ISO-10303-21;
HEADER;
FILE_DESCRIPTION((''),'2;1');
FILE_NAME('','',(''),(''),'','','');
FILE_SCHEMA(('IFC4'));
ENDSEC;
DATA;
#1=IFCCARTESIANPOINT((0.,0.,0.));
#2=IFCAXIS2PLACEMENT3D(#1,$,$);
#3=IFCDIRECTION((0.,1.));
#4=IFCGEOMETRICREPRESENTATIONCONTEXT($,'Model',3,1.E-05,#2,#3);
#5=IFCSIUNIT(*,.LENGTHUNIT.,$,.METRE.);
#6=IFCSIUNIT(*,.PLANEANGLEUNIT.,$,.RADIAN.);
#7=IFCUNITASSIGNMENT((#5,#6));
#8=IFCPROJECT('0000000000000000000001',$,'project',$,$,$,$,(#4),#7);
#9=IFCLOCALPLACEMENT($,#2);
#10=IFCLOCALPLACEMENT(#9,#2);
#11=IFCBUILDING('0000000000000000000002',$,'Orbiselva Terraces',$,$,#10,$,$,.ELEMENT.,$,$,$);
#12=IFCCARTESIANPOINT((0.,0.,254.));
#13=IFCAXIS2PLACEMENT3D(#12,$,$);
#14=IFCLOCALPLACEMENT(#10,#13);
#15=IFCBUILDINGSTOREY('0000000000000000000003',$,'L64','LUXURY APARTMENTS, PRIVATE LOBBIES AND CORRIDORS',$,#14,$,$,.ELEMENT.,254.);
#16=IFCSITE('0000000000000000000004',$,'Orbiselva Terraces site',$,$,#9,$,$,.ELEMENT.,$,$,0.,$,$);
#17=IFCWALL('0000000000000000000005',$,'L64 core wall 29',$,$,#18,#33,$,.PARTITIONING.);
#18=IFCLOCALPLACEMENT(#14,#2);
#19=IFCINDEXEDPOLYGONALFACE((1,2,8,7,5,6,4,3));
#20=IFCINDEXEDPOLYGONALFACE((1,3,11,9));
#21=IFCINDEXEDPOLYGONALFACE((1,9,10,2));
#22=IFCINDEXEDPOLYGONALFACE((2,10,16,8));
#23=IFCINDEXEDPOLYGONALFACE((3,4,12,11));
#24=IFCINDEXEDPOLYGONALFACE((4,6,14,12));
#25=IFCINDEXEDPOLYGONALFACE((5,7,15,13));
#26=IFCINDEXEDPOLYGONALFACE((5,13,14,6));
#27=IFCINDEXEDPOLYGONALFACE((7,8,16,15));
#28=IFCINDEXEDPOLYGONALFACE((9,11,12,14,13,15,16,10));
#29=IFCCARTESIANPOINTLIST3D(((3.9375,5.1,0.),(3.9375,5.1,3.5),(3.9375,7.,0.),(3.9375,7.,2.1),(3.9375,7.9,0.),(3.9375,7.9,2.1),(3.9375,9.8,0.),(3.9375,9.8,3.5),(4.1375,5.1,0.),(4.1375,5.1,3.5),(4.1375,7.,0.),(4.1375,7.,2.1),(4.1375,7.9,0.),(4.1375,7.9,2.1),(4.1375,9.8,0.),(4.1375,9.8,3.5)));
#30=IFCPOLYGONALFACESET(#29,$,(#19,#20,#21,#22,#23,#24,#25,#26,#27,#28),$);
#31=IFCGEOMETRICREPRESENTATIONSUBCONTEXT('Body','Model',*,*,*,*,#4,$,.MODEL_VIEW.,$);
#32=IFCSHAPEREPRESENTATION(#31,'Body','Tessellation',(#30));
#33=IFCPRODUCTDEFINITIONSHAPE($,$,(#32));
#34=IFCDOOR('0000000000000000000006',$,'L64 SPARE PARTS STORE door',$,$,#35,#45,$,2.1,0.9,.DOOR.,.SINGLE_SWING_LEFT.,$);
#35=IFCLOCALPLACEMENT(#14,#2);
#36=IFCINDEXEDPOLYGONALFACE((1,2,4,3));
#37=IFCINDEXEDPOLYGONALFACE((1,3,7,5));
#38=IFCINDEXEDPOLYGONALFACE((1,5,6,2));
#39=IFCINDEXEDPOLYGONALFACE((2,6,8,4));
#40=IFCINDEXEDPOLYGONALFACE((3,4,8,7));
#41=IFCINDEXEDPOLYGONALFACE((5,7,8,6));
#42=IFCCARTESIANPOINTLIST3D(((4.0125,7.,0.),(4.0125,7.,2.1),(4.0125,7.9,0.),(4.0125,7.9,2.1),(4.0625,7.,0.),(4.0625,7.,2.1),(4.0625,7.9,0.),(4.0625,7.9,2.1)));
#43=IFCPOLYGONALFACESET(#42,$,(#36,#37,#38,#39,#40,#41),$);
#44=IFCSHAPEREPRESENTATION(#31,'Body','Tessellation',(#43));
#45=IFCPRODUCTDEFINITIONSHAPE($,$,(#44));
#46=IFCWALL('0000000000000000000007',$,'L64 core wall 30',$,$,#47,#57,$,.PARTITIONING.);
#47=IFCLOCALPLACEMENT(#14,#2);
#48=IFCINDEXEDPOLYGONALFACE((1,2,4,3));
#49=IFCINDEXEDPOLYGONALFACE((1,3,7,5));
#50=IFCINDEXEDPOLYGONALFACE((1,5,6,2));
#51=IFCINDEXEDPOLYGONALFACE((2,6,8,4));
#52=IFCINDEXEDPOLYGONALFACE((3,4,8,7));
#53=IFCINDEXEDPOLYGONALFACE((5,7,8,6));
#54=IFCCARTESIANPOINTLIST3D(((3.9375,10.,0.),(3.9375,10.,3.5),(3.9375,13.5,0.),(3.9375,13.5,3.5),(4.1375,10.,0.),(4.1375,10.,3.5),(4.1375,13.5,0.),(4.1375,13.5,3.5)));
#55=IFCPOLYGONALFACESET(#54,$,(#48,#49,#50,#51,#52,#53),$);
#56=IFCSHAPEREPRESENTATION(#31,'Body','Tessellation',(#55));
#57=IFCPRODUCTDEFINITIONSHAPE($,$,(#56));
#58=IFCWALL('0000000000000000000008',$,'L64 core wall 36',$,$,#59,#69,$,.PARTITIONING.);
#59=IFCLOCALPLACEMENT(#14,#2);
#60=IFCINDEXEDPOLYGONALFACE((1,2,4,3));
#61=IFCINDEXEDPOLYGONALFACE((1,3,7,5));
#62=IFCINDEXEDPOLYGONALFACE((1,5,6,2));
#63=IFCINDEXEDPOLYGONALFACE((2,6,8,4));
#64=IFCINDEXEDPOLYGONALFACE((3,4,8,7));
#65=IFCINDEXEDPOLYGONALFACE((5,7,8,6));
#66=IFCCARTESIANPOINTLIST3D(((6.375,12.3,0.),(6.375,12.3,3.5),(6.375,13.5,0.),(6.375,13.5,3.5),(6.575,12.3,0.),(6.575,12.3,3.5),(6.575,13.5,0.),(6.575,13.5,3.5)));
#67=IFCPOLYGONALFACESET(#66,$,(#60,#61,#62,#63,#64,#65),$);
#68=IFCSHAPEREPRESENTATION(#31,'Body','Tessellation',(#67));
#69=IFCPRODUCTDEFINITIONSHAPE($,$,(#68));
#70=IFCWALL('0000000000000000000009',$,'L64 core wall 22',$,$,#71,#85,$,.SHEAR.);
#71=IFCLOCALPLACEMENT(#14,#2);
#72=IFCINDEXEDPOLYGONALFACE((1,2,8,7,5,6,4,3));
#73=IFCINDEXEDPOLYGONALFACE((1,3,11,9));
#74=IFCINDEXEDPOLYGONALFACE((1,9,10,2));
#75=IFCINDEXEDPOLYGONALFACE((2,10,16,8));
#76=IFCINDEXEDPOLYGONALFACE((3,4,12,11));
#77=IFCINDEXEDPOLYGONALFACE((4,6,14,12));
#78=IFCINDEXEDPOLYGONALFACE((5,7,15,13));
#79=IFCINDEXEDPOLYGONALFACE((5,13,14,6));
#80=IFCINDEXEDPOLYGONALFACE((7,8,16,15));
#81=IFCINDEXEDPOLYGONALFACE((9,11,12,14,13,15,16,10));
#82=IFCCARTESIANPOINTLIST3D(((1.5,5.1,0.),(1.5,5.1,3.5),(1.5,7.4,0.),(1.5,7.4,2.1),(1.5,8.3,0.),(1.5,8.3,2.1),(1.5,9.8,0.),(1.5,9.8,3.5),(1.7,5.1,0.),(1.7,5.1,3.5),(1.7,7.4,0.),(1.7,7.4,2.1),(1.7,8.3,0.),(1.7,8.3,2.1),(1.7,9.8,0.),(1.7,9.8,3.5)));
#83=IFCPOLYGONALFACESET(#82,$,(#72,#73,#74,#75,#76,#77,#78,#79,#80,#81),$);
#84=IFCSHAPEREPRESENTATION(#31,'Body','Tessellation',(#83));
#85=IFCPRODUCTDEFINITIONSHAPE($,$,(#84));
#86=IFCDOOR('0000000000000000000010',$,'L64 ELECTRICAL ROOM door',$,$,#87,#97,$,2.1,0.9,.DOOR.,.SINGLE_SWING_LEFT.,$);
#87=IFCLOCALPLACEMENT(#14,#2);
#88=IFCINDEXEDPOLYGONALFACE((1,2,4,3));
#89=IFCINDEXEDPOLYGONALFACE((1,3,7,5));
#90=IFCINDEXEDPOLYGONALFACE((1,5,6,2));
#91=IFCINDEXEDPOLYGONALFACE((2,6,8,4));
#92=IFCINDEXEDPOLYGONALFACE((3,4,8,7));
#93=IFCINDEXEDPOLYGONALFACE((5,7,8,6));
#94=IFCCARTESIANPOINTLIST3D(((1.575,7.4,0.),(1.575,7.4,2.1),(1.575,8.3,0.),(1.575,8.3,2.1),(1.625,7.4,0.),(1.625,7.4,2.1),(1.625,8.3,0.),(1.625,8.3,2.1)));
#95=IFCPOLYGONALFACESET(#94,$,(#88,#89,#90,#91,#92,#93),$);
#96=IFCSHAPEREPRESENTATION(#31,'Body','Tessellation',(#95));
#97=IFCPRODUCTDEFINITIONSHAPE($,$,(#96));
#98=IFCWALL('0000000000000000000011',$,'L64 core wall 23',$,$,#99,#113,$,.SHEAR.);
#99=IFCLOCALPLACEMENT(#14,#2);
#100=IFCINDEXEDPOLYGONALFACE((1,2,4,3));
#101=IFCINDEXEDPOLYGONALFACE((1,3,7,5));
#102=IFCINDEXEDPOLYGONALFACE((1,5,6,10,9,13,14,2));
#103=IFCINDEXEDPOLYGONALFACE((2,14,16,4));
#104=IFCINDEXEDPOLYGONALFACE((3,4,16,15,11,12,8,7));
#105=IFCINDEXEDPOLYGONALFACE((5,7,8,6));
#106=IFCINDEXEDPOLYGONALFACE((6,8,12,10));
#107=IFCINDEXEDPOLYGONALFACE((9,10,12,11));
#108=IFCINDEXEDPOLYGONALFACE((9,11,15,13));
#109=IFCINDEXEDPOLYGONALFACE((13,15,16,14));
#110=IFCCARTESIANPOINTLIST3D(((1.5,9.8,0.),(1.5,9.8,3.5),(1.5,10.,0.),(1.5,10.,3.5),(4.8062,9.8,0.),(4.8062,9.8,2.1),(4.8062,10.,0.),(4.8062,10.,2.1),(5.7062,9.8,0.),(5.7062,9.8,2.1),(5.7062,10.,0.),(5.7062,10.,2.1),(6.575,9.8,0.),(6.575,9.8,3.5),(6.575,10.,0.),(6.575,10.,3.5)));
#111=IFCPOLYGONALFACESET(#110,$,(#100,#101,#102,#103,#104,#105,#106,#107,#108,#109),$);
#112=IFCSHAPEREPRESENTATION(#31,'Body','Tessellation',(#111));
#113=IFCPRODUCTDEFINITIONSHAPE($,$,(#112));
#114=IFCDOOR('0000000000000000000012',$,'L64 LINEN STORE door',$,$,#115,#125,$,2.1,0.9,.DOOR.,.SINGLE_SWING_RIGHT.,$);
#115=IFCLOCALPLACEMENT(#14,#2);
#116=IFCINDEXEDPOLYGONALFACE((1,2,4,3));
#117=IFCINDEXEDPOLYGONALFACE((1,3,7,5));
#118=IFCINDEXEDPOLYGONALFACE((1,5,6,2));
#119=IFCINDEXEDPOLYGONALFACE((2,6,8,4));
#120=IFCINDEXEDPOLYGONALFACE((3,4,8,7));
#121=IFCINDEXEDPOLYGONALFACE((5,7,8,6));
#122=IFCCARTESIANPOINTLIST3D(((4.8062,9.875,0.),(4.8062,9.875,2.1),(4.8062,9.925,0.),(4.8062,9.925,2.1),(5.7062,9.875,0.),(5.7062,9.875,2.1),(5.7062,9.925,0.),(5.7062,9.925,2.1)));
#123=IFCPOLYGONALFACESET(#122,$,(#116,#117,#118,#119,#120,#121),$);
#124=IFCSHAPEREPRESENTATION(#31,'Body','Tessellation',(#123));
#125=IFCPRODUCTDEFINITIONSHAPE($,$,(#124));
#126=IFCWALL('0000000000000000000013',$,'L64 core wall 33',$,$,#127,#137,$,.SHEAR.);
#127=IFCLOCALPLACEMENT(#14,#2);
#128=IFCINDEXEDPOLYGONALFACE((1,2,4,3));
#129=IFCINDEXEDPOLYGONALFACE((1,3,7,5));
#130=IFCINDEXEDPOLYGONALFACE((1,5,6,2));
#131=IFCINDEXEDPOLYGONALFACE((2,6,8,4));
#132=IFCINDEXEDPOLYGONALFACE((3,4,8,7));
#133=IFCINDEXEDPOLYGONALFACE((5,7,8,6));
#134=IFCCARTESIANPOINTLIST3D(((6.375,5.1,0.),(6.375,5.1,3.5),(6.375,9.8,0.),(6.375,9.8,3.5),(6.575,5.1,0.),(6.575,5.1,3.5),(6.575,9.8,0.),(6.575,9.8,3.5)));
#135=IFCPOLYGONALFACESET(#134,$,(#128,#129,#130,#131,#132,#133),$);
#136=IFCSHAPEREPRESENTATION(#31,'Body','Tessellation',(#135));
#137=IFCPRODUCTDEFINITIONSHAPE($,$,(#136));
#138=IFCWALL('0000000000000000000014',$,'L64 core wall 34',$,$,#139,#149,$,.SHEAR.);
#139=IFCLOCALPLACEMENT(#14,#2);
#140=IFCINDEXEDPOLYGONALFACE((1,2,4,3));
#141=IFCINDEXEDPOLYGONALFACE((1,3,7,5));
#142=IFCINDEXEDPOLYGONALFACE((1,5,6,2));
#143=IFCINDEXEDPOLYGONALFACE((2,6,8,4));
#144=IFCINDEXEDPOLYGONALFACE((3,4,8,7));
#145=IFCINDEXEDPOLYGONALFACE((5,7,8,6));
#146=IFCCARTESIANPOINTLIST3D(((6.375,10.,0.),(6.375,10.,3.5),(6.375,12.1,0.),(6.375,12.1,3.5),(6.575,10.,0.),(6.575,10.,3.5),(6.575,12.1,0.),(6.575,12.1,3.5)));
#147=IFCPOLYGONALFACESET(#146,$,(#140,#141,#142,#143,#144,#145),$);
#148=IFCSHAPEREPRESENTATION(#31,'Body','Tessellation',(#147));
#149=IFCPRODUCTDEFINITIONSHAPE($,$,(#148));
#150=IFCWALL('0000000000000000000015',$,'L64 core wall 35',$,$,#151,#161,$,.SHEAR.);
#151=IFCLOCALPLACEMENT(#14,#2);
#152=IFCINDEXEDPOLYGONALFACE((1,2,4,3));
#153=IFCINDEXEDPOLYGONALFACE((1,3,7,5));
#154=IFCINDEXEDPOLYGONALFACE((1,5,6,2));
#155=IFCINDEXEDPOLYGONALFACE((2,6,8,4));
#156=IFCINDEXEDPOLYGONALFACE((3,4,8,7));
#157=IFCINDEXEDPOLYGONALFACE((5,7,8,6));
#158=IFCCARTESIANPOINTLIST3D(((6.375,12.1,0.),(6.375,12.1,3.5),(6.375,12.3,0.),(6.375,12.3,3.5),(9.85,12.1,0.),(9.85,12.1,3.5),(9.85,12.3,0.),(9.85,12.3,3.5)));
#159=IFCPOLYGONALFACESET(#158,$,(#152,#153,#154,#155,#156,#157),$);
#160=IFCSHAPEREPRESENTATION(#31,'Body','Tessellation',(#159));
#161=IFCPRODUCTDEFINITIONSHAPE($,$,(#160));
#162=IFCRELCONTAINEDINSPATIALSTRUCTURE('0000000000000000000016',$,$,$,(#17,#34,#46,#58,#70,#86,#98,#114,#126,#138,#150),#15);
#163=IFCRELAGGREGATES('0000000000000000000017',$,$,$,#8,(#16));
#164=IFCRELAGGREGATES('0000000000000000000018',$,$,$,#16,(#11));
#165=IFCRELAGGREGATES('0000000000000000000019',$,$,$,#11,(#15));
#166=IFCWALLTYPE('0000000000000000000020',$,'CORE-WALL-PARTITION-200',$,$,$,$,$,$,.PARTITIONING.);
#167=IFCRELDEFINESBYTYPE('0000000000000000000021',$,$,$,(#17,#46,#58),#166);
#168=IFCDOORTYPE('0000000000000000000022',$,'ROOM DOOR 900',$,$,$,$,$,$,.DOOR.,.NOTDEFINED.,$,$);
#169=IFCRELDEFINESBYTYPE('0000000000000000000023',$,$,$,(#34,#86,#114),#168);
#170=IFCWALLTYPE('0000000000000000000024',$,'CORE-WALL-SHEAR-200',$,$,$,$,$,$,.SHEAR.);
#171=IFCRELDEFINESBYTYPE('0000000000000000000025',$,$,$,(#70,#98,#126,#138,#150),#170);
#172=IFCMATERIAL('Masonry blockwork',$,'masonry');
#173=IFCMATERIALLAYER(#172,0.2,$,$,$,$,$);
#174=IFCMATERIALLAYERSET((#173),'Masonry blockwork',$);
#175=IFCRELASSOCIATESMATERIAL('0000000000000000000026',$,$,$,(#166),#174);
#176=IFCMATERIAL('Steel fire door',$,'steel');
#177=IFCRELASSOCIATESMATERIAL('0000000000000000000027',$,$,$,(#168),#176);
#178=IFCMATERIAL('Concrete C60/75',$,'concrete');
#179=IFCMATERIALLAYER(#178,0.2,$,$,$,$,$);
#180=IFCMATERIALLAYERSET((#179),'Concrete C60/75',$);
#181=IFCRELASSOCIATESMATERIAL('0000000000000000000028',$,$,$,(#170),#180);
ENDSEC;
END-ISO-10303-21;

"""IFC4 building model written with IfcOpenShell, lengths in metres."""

from ifc_helpers import new_model, si_unit, direction, frame, frame_2d, origin, place, context, subcontext, project, spatial, rectangle, extrude, material, layer, layer_set, type_object, element, fill, save


model = new_model("IFC4")

# Units and contexts
model_context = context("Model", 3, precision=1e-05, world=origin(), true_north=direction((0.0, 1.0)))
body_context = subcontext(model_context, "Body", "Model", "MODEL_VIEW")
ifc_project = project(units=[si_unit("LENGTHUNIT", "METRE"), si_unit("PLANEANGLEUNIT", "RADIAN")], contexts=[model_context])

# Site, building, storey
site_placement = place(None, origin())
site = spatial("IfcSite", under=ifc_project, at=site_placement, Name="Orbiselva Terraces site", CompositionType="ELEMENT", RefElevation=0.0)
building_placement = place(site_placement, origin())
building = spatial("IfcBuilding", under=site, at=building_placement, Name="Orbiselva Terraces", CompositionType="ELEMENT")
storey_placement = place(building_placement, frame((0.0, 0.0, 254.0)))
storey = spatial("IfcBuildingStorey", under=building, at=storey_placement, Name="L64", Description="LUXURY APARTMENTS, PRIVATE LOBBIES AND CORRIDORS", CompositionType="ELEMENT", Elevation=254.0)

# Wall, opening, door
ifc_material_1 = material(Name="Masonry blockwork", Category="masonry")
ifc_layer_1 = layer(ifc_material_1, 0.2)
ifc_layer_set_1 = layer_set([ifc_layer_1], Name="Masonry blockwork")
wall_type_1 = type_object("IfcWallType", Name="CORE-WALL-PARTITION-200", PredefinedType="PARTITIONING", material=ifc_layer_set_1)
wall_1_placement = place(storey_placement, frame((4.0375, 9.8, 0.0), z_axis=(0.0, 0.0, 1.0), x_axis=(0.0, -1.0, 0.0)))
wall_1 = element("IfcWall", 1, at=wall_1_placement, inside=storey, type_object=wall_type_1, Name="L64 core wall 29", PredefinedType="PARTITIONING", context=body_context, shape_type="SweptSolid", body=[
    extrude(rectangle(XDim=4.7, YDim=0.2, at=frame_2d((2.35, 0.0))), origin(), (0.0, 0.0, 1.0), 3.5),
])
opening_1_placement = place(wall_1_placement, frame((1.9, 0.0, 0.0)))
opening_1 = element("IfcOpeningElement", 2, at=opening_1_placement, cuts=wall_1, PredefinedType="OPENING", context=body_context, shape_type="SweptSolid", body=[
    extrude(rectangle(XDim=0.9, YDim=2.1, at=frame_2d((0.45, 1.05))), frame((0.0, 0.11, 0.0), z_axis=(0.0, -1.0, 0.0), x_axis=(1.0, 0.0, 0.0)), (0.0, 0.0, 1.0), 0.22),
])
ifc_material_2 = material(Name="Steel fire door", Category="steel")
door_type_1 = type_object("IfcDoorType", Name="ROOM DOOR 900", OperationType="NOTDEFINED", PredefinedType="DOOR", material=ifc_material_2)
door_1_placement = place(opening_1_placement, origin())
door_1 = element("IfcDoor", 3, at=door_1_placement, inside=storey, type_object=door_type_1, Name="L64 SPARE PARTS STORE door", OperationType="SINGLE_SWING_LEFT", OverallHeight=2.1, OverallWidth=0.9, PredefinedType="DOOR", context=body_context, shape_type="SweptSolid", body=[
    extrude(rectangle(XDim=0.9, YDim=2.1, at=frame_2d((0.45, 1.05))), frame((0.0, 0.025, 0.0), z_axis=(0.0, -1.0, 0.0), x_axis=(1.0, 0.0, 0.0)), (0.0, 0.0, 1.0), 0.05),
])
fill(opening_1, door_1)

# Walls
wall_2_placement = place(storey_placement, frame((4.0375, 10.0, 0.0), z_axis=(0.0, 0.0, 1.0), x_axis=(0.0, 1.0, 0.0)))
element("IfcWall", 4, at=wall_2_placement, inside=storey, type_object=wall_type_1, Name="L64 core wall 30", PredefinedType="PARTITIONING", context=body_context, shape_type="SweptSolid", body=[
    extrude(rectangle(XDim=3.5, YDim=0.2, at=frame_2d((1.75, 0.0))), origin(), (0.0, 0.0, 1.0), 3.5),
])
wall_3_placement = place(storey_placement, frame((6.475, 12.3, 0.0), z_axis=(0.0, 0.0, 1.0), x_axis=(0.0, 1.0, 0.0)))
element("IfcWall", 5, at=wall_3_placement, inside=storey, type_object=wall_type_1, Name="L64 core wall 36", PredefinedType="PARTITIONING", context=body_context, shape_type="SweptSolid", body=[
    extrude(rectangle(XDim=1.2, YDim=0.2, at=frame_2d((0.6, 0.0))), origin(), (0.0, 0.0, 1.0), 3.5),
])

# Walls, openings, doors
ifc_material_3 = material(Name="Concrete C60/75", Category="concrete")
ifc_layer_2 = layer(ifc_material_3, 0.2)
ifc_layer_set_2 = layer_set([ifc_layer_2], Name="Concrete C60/75")
wall_type_2 = type_object("IfcWallType", Name="CORE-WALL-SHEAR-200", PredefinedType="SHEAR", material=ifc_layer_set_2)
wall_4_placement = place(storey_placement, frame((1.6, 9.8, 0.0), z_axis=(0.0, 0.0, 1.0), x_axis=(0.0, -1.0, 0.0)))
wall_4 = element("IfcWall", 6, at=wall_4_placement, inside=storey, type_object=wall_type_2, Name="L64 core wall 22", PredefinedType="SHEAR", context=body_context, shape_type="SweptSolid", body=[
    extrude(rectangle(XDim=4.7, YDim=0.2, at=frame_2d((2.35, 0.0))), origin(), (0.0, 0.0, 1.0), 3.5),
])
opening_2_placement = place(wall_4_placement, frame((1.5, 0.0, 0.0)))
opening_2 = element("IfcOpeningElement", 7, at=opening_2_placement, cuts=wall_4, PredefinedType="OPENING", context=body_context, shape_type="SweptSolid", body=[
    extrude(rectangle(XDim=0.9, YDim=2.1, at=frame_2d((0.45, 1.05))), frame((0.0, 0.11, 0.0), z_axis=(0.0, -1.0, 0.0), x_axis=(1.0, 0.0, 0.0)), (0.0, 0.0, 1.0), 0.22),
])
door_2_placement = place(opening_2_placement, origin())
door_2 = element("IfcDoor", 8, at=door_2_placement, inside=storey, type_object=door_type_1, Name="L64 ELECTRICAL ROOM door", OperationType="SINGLE_SWING_LEFT", OverallHeight=2.1, OverallWidth=0.9, PredefinedType="DOOR", context=body_context, shape_type="SweptSolid", body=[
    extrude(rectangle(XDim=0.9, YDim=2.1, at=frame_2d((0.45, 1.05))), frame((0.0, 0.025, 0.0), z_axis=(0.0, -1.0, 0.0), x_axis=(1.0, 0.0, 0.0)), (0.0, 0.0, 1.0), 0.05),
])
fill(opening_2, door_2)
wall_5_placement = place(storey_placement, frame((1.5, 9.9, 0.0), z_axis=(0.0, 0.0, 1.0), x_axis=(1.0, 0.0, 0.0)))
wall_5 = element("IfcWall", 9, at=wall_5_placement, inside=storey, type_object=wall_type_2, Name="L64 core wall 23", PredefinedType="SHEAR", context=body_context, shape_type="SweptSolid", body=[
    extrude(rectangle(XDim=5.075, YDim=0.2, at=frame_2d((2.5375, 0.0))), origin(), (0.0, 0.0, 1.0), 3.5),
])
opening_3_placement = place(wall_5_placement, frame((3.3062, 0.0, 0.0)))
opening_3 = element("IfcOpeningElement", 10, at=opening_3_placement, cuts=wall_5, PredefinedType="OPENING", context=body_context, shape_type="SweptSolid", body=[
    extrude(rectangle(XDim=0.9, YDim=2.1, at=frame_2d((0.45, 1.05))), frame((0.0, 0.11, 0.0), z_axis=(0.0, -1.0, 0.0), x_axis=(1.0, 0.0, 0.0)), (0.0, 0.0, 1.0), 0.22),
])
door_3_placement = place(opening_3_placement, origin())
door_3 = element("IfcDoor", 11, at=door_3_placement, inside=storey, type_object=door_type_1, Name="L64 LINEN STORE door", OperationType="SINGLE_SWING_RIGHT", OverallHeight=2.1, OverallWidth=0.9, PredefinedType="DOOR", context=body_context, shape_type="SweptSolid", body=[
    extrude(rectangle(XDim=0.9, YDim=2.1, at=frame_2d((0.45, 1.05))), frame((0.0, 0.025, 0.0), z_axis=(0.0, -1.0, 0.0), x_axis=(1.0, 0.0, 0.0)), (0.0, 0.0, 1.0), 0.05),
])
fill(opening_3, door_3)

# Walls
wall_6_placement = place(storey_placement, frame((6.475, 5.1, 0.0), z_axis=(0.0, 0.0, 1.0), x_axis=(0.0, 1.0, 0.0)))
element("IfcWall", 12, at=wall_6_placement, inside=storey, type_object=wall_type_2, Name="L64 core wall 33", PredefinedType="SHEAR", context=body_context, shape_type="SweptSolid", body=[
    extrude(rectangle(XDim=4.7, YDim=0.2, at=frame_2d((2.35, 0.0))), origin(), (0.0, 0.0, 1.0), 3.5),
])
wall_7_placement = place(storey_placement, frame((6.475, 10.0, 0.0), z_axis=(0.0, 0.0, 1.0), x_axis=(0.0, 1.0, 0.0)))
element("IfcWall", 13, at=wall_7_placement, inside=storey, type_object=wall_type_2, Name="L64 core wall 34", PredefinedType="SHEAR", context=body_context, shape_type="SweptSolid", body=[
    extrude(rectangle(XDim=2.1, YDim=0.2, at=frame_2d((1.05, 0.0))), origin(), (0.0, 0.0, 1.0), 3.5),
])
wall_8_placement = place(storey_placement, frame((6.375, 12.2, 0.0), z_axis=(0.0, 0.0, 1.0), x_axis=(1.0, 0.0, 0.0)))
element("IfcWall", 14, at=wall_8_placement, inside=storey, type_object=wall_type_2, Name="L64 core wall 35", PredefinedType="SHEAR", context=body_context, shape_type="SweptSolid", body=[
    extrude(rectangle(XDim=3.475, YDim=0.2, at=frame_2d((1.7375, 0.0))), origin(), (0.0, 0.0, 1.0), 3.5),
])

save(model, "model.ifc")
